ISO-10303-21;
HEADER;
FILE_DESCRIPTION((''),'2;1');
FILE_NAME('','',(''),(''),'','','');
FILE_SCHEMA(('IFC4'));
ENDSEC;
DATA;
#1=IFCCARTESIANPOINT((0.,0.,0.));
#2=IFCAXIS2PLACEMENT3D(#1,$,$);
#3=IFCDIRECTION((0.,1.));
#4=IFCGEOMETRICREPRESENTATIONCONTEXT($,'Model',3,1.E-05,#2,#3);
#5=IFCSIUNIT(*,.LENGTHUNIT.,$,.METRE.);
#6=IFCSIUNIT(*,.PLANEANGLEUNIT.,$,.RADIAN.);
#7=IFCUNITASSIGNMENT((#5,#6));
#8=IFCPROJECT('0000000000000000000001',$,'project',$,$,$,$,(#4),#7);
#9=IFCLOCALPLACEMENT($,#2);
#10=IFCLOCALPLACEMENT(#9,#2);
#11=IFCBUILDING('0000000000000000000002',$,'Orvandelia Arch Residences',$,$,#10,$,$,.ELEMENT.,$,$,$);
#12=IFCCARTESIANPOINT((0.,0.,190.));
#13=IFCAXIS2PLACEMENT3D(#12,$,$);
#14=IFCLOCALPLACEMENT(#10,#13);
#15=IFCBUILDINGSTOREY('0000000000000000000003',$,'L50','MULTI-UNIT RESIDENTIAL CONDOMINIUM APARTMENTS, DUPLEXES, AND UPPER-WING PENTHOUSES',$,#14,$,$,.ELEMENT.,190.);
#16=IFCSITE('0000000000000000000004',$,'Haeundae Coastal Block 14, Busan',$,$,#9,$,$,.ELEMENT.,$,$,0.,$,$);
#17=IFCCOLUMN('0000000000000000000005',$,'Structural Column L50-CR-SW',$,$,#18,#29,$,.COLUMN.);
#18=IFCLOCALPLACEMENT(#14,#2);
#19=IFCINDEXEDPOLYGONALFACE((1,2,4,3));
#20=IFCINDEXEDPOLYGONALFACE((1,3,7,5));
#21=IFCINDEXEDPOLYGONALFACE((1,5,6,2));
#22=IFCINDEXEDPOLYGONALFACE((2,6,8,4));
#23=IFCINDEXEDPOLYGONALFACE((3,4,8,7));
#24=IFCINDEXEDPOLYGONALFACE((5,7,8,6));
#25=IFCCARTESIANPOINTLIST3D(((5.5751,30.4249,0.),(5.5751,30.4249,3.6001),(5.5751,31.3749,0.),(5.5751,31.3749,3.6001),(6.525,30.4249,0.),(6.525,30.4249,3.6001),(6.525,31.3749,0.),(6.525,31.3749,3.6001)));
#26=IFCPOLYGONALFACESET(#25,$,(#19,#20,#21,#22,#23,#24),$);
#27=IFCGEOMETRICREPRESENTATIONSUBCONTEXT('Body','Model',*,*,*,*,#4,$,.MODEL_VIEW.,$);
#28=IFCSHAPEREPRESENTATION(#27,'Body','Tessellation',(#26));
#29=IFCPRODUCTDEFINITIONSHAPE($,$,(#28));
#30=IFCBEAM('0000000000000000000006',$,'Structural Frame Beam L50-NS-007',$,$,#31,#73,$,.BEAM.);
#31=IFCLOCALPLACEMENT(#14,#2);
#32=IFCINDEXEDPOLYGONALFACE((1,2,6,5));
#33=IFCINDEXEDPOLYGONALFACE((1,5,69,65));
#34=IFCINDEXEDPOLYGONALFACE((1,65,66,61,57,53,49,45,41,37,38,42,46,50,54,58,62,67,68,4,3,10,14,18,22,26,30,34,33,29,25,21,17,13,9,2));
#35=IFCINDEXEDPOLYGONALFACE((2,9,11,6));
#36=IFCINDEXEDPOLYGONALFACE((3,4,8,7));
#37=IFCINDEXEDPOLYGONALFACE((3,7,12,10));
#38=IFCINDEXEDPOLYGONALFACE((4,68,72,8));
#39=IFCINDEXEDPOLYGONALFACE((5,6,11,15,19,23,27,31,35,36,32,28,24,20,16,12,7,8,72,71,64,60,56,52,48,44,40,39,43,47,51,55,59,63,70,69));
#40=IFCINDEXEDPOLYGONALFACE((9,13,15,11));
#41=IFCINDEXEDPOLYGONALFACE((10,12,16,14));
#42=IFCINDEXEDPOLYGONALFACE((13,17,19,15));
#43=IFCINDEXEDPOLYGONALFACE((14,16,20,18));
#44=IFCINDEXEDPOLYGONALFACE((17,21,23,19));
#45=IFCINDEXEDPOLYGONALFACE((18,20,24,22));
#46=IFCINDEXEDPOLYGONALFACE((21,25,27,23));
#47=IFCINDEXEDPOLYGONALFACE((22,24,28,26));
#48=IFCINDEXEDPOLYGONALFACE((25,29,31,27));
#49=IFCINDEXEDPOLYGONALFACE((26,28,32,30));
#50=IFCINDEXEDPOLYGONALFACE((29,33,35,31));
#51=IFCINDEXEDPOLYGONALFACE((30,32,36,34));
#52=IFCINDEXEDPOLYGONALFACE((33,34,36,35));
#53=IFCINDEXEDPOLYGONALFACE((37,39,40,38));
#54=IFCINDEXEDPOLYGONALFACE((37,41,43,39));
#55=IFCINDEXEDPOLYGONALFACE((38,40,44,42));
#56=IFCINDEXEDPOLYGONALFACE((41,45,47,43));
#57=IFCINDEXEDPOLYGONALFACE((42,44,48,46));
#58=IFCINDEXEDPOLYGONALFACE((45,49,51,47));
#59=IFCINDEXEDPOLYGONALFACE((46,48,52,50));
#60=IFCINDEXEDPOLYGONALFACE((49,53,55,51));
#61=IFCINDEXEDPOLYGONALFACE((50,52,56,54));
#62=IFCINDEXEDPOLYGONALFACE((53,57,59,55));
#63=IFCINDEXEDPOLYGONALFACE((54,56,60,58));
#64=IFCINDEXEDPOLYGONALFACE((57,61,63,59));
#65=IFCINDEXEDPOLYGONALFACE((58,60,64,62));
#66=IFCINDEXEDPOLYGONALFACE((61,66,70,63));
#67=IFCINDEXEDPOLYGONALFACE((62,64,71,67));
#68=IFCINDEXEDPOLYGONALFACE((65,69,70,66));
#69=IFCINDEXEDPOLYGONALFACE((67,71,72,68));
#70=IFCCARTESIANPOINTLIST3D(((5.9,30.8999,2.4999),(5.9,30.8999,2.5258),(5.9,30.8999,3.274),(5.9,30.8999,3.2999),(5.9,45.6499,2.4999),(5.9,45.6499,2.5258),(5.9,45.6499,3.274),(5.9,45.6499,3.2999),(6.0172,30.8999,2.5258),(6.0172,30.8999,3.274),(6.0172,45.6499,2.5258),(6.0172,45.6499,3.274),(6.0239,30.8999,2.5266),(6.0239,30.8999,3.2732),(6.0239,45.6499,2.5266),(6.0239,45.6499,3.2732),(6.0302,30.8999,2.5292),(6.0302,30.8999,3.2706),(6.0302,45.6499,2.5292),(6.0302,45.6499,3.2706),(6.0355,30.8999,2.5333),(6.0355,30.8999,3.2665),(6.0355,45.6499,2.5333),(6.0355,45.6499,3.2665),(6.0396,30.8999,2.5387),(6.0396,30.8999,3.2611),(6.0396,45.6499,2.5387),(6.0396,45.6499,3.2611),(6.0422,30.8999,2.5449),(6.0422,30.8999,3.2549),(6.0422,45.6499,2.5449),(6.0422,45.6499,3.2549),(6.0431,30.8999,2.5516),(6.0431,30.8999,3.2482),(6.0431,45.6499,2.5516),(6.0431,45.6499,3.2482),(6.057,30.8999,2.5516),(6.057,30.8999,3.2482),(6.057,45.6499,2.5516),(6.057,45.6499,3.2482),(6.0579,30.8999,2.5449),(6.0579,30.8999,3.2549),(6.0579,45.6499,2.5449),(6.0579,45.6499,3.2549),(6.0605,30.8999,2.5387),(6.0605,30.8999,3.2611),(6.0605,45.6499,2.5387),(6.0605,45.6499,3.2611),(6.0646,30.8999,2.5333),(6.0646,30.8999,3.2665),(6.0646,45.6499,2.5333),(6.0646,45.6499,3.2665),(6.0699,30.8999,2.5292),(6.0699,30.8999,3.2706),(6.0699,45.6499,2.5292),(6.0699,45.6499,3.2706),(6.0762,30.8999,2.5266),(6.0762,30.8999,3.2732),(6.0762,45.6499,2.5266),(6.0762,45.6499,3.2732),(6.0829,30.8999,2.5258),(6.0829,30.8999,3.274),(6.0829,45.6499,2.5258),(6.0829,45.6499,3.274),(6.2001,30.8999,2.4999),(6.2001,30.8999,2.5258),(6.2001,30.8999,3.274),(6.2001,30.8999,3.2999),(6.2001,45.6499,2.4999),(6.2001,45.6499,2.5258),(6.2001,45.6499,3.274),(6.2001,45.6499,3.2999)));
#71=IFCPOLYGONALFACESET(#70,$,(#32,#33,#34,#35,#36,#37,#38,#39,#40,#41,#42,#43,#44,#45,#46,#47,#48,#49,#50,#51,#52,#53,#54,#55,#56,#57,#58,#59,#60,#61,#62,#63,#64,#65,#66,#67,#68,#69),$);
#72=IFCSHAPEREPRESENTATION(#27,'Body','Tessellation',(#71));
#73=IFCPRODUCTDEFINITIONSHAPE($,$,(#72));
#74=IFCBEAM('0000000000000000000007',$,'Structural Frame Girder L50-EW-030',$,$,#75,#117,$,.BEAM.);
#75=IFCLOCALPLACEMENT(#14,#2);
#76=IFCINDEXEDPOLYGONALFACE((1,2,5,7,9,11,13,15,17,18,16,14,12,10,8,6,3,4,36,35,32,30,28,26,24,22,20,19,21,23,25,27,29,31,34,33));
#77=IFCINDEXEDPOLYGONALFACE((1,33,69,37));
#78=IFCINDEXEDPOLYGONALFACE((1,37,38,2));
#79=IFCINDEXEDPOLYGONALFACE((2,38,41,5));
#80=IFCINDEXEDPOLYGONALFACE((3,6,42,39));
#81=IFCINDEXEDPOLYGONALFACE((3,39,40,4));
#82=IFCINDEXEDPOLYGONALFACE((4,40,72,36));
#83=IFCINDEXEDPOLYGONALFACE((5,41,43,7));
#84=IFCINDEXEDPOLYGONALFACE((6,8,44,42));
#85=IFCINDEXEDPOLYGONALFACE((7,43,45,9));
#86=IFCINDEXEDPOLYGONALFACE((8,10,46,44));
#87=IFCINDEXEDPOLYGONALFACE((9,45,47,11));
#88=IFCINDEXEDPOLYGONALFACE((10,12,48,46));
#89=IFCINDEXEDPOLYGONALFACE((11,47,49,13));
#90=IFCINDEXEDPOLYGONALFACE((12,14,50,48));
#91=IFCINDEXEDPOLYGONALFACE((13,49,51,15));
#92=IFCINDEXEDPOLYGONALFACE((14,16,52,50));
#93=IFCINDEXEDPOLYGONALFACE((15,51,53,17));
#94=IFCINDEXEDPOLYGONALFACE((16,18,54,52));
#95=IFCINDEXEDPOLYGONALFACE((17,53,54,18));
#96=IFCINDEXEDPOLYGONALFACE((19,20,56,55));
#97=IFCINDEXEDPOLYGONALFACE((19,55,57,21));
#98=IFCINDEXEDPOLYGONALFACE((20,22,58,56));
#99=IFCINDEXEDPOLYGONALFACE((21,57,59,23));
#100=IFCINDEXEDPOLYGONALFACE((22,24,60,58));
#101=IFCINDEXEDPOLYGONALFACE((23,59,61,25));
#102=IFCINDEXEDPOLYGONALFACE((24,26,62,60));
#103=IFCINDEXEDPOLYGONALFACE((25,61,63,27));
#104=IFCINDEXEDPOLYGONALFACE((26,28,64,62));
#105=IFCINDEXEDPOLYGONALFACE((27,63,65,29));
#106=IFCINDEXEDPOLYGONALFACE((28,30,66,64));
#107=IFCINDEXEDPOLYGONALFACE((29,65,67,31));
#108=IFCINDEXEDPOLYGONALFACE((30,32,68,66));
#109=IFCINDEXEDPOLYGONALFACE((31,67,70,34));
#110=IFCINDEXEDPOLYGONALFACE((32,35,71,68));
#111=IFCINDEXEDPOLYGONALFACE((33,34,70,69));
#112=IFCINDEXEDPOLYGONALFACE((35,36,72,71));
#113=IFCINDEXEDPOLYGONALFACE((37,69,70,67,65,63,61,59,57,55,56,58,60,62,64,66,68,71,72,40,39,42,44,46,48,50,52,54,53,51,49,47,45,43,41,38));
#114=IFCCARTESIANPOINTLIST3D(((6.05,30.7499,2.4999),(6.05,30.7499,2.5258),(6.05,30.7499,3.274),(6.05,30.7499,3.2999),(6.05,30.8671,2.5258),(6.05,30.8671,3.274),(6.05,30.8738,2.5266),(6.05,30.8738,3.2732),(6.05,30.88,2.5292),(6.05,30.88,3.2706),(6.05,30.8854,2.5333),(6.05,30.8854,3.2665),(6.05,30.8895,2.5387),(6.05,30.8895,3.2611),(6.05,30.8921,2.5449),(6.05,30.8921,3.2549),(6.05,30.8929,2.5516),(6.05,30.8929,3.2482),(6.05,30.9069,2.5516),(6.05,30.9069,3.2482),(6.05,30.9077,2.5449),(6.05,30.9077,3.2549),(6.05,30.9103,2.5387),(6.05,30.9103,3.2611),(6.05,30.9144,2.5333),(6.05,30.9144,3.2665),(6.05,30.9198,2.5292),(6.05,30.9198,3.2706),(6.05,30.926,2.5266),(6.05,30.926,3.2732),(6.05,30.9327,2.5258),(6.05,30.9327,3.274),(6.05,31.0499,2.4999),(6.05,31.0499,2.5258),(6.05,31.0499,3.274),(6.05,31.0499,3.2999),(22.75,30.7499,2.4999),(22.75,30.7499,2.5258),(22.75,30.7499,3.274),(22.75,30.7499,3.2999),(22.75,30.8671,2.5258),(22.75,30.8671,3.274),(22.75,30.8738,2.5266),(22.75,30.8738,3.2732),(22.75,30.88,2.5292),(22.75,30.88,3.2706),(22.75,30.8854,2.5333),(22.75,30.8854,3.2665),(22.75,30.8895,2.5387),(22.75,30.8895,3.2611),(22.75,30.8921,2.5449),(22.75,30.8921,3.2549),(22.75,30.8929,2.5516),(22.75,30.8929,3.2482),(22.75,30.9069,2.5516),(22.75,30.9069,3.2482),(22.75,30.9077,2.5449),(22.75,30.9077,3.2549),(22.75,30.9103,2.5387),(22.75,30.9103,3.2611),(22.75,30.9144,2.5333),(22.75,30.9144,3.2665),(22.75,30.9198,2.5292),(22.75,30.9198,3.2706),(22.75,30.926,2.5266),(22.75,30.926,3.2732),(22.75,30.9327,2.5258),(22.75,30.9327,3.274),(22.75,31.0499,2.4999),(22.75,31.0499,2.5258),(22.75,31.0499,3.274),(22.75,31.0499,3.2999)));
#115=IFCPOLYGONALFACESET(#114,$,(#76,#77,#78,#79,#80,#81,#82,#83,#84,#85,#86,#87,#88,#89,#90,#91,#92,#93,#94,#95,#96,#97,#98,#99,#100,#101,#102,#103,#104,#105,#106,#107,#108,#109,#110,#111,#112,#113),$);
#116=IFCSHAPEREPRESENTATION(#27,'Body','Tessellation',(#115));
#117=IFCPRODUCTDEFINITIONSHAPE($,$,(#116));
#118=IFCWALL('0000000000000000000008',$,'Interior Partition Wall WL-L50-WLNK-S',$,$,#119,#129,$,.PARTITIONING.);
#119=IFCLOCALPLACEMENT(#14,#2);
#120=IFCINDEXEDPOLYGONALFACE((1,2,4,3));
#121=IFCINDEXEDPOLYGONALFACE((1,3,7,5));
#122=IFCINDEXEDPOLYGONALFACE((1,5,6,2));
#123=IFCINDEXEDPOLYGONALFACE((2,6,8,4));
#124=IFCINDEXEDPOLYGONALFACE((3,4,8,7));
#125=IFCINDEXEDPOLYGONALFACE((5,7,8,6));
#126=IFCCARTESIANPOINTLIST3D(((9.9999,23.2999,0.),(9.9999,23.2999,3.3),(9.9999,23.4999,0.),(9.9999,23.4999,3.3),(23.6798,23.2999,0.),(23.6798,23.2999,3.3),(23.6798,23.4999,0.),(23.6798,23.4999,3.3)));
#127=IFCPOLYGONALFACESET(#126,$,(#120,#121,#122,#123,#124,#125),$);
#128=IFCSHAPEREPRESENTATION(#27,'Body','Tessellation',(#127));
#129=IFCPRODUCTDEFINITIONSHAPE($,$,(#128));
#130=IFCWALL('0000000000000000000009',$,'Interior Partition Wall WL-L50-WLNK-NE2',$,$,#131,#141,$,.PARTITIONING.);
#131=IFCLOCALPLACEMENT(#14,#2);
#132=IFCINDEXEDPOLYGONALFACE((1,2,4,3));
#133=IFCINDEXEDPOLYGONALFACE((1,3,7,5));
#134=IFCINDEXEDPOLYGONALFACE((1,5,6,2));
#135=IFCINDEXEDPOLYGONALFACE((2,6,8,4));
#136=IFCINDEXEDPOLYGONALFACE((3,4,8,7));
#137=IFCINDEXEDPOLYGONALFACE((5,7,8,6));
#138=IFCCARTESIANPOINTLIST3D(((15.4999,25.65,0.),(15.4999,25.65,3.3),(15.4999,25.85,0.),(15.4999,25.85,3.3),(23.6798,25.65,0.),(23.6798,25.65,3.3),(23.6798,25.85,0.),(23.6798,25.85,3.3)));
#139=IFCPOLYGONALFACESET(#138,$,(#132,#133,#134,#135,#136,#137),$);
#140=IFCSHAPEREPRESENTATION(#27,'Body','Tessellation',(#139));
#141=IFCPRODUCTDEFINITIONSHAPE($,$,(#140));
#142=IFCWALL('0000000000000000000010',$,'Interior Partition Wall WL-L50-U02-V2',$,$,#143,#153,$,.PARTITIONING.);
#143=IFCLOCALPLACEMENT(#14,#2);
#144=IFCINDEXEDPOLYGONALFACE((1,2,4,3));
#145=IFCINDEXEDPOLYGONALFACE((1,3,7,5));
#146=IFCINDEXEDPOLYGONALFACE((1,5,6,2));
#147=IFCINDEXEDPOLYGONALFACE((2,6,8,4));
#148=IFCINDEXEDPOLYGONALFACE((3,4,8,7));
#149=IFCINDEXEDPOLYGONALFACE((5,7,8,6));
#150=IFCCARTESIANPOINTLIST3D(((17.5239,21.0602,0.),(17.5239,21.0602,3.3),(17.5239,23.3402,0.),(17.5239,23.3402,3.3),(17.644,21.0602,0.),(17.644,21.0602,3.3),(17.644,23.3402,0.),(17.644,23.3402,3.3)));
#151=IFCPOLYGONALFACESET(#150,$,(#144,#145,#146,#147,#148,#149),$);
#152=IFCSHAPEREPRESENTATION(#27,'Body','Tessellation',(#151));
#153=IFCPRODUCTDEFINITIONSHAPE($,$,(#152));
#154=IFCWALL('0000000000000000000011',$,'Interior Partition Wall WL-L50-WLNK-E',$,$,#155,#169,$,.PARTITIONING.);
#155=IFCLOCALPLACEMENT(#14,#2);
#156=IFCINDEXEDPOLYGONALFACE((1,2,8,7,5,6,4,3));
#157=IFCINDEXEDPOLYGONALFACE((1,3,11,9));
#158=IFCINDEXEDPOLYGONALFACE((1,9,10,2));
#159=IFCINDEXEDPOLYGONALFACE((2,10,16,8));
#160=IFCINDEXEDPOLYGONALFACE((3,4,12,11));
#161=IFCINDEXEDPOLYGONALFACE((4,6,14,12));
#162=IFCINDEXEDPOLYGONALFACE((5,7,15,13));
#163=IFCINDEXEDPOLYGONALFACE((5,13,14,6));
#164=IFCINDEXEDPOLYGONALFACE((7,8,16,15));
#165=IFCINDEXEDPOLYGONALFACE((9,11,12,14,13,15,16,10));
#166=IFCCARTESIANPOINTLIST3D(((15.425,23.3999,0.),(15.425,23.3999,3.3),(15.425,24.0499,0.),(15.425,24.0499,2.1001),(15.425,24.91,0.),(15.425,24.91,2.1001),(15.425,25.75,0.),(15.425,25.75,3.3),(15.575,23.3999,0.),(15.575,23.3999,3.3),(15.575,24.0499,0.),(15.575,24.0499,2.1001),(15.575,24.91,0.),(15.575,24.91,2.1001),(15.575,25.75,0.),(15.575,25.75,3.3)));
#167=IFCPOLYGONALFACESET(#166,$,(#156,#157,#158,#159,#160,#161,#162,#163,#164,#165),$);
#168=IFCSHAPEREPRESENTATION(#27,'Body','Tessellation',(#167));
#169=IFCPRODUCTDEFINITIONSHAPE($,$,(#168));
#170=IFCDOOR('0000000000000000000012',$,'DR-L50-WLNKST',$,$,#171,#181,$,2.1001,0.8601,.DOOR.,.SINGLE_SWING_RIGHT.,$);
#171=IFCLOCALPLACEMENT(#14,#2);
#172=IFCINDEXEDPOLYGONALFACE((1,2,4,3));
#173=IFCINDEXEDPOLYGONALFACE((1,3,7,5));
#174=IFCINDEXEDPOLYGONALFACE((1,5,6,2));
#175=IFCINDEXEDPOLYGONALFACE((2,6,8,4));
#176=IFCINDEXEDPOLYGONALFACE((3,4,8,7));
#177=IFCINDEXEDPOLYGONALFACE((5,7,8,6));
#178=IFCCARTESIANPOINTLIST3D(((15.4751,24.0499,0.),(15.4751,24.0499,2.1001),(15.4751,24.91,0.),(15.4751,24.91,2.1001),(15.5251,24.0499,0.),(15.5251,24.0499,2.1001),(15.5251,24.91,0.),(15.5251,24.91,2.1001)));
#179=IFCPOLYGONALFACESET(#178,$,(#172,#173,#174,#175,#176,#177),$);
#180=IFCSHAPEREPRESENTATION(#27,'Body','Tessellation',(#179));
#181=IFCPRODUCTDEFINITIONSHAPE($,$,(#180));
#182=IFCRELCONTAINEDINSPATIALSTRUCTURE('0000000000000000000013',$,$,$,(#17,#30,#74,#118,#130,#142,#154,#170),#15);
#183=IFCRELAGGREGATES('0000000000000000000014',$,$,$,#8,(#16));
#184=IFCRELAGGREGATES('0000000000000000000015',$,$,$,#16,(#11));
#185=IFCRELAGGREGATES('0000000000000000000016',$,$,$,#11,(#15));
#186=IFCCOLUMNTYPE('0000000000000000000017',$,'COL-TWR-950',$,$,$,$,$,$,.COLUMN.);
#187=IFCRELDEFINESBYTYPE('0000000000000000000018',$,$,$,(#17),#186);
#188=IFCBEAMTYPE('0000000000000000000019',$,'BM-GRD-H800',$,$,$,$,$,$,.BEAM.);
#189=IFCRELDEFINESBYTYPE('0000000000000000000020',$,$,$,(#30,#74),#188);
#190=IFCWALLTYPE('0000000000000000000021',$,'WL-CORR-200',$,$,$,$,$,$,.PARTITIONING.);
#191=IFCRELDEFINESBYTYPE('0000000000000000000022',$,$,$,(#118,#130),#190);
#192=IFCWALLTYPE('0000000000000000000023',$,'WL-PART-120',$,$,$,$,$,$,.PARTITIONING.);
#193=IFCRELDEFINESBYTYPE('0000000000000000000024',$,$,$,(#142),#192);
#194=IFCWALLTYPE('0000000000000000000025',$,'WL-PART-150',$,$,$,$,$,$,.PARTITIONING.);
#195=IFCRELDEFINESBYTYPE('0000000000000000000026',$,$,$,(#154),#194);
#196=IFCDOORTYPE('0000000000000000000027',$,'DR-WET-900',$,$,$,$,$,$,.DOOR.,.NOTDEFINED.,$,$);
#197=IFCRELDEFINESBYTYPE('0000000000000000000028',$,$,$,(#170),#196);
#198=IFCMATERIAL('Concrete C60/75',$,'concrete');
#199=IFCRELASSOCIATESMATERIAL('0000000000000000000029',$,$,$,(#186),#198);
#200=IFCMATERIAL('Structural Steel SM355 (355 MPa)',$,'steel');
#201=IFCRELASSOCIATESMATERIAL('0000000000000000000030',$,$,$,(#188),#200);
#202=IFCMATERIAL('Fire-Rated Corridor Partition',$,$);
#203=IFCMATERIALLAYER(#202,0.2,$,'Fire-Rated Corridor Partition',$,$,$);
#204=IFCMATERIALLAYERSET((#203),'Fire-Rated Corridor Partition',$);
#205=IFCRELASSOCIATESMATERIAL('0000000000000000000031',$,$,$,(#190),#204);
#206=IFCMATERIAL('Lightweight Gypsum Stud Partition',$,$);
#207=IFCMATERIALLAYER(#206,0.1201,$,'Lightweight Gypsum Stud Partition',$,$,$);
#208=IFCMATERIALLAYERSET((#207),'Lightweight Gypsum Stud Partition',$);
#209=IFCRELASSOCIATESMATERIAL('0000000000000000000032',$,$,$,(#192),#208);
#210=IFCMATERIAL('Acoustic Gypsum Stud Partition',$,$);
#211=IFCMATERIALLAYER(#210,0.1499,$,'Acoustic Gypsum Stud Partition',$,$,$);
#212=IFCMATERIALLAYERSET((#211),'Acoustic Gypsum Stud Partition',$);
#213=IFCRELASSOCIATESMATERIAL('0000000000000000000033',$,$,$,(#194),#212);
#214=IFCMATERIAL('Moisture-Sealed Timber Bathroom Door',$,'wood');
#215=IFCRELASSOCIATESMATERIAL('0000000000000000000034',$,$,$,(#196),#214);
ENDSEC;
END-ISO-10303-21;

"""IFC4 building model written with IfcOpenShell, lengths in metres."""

from ifc_helpers import new_model, si_unit, direction, frame, frame_2d, origin, origin_2d, place, context, subcontext, project, spatial, rectangle, i_section, extrude, material, layer, layer_set, material_profile, profile_set, type_object, element, fill, save


model = new_model("IFC4")

# Units and contexts
model_context = context("Model", 3, precision=1e-05, world=origin(), true_north=direction((0.0, 1.0)))
body_context = subcontext(model_context, "Body", "Model", "MODEL_VIEW")
ifc_project = project(units=[si_unit("LENGTHUNIT", "METRE"), si_unit("PLANEANGLEUNIT", "RADIAN")], contexts=[model_context])

# Site, building, storey
site_placement = place(None, origin())
site = spatial("IfcSite", under=ifc_project, at=site_placement, Name="Haeundae Coastal Block 14, Busan", CompositionType="ELEMENT", RefElevation=0.0)
building_placement = place(site_placement, origin())
building = spatial("IfcBuilding", under=site, at=building_placement, Name="Orvandelia Arch Residences", CompositionType="ELEMENT")
storey_placement = place(building_placement, frame((0.0, 0.0, 190.0)))
storey = spatial("IfcBuildingStorey", under=building, at=storey_placement, Name="L50", Description="MULTI-UNIT RESIDENTIAL CONDOMINIUM APARTMENTS, DUPLEXES, AND UPPER-WING PENTHOUSES", CompositionType="ELEMENT", Elevation=190.0)

# Column
ifc_material_1 = material(Name="Concrete C60/75", Category="concrete")
ifc_material_profile_1 = material_profile(ifc_material_1, rectangle(XDim=0.95, YDim=0.95, at=origin_2d()), Name="Concrete C60/75", Category="concrete")
ifc_profile_set_1 = profile_set([ifc_material_profile_1], Name="Concrete C60/75")
column_type = type_object("IfcColumnType", Name="COL-TWR-950", PredefinedType="COLUMN", material=ifc_profile_set_1)
column_placement = place(storey_placement, frame((6.05, 30.8999, 0.0), z_axis=(0.0, 0.0, 1.0), x_axis=(1.0, 0.0, 0.0)))
element("IfcColumn", 1, at=column_placement, inside=storey, type_object=column_type, Name="Structural Column L50-CR-SW", PredefinedType="COLUMN", context=body_context, shape_type="SweptSolid", body=[
    extrude(rectangle(XDim=0.95, YDim=0.95, at=origin_2d()), origin(), (0.0, 0.0, 1.0), 3.6001),
])

# Beams
ifc_material_2 = material(Name="Structural Steel SM355 (355 MPa)", Category="steel")
ifc_material_profile_2 = material_profile(ifc_material_2, i_section(OverallWidth=0.3, OverallDepth=0.8, WebThickness=0.0139, FlangeThickness=0.0259, FilletRadius=0.0259, at=origin_2d()), Name="Structural Steel SM355 (355 MPa)", Category="steel")
ifc_profile_set_2 = profile_set([ifc_material_profile_2], Name="Structural Steel SM355 (355 MPa)")
beam_type = type_object("IfcBeamType", Name="BM-GRD-H800", PredefinedType="BEAM", material=ifc_profile_set_2)
beam_1_placement = place(storey_placement, frame((6.05, 30.8999, 2.8999), z_axis=(0.0, 1.0, 0.0), x_axis=(-1.0, 0.0, 0.0)))
element("IfcBeam", 2, at=beam_1_placement, inside=storey, type_object=beam_type, Name="Structural Frame Beam L50-NS-007", PredefinedType="BEAM", context=body_context, shape_type="SweptSolid", body=[
    extrude(i_section(OverallWidth=0.3, OverallDepth=0.8, WebThickness=0.0139, FlangeThickness=0.0259, FilletRadius=0.0259, at=origin_2d()), origin(), (0.0, 0.0, 1.0), 14.75),
])
beam_2_placement = place(storey_placement, frame((6.05, 30.8999, 2.8999), z_axis=(1.0, 0.0, 0.0), x_axis=(0.0, 1.0, 0.0)))
element("IfcBeam", 3, at=beam_2_placement, inside=storey, type_object=beam_type, Name="Structural Frame Girder L50-EW-030", PredefinedType="BEAM", context=body_context, shape_type="SweptSolid", body=[
    extrude(i_section(OverallWidth=0.3, OverallDepth=0.8, WebThickness=0.0139, FlangeThickness=0.0259, FilletRadius=0.0259, at=origin_2d()), origin(), (0.0, 0.0, 1.0), 16.7),
])

# Walls
ifc_material_3 = material(Name="Fire-Rated Corridor Partition")
ifc_layer_1 = layer(ifc_material_3, 0.2, Name="Fire-Rated Corridor Partition")
ifc_layer_set_1 = layer_set([ifc_layer_1], Name="Fire-Rated Corridor Partition")
wall_type_1 = type_object("IfcWallType", Name="WL-CORR-200", PredefinedType="PARTITIONING", material=ifc_layer_set_1)
wall_1_placement = place(storey_placement, frame((10.0, 23.3999, 0.0), z_axis=(0.0, 0.0, 1.0), x_axis=(1.0, 0.0, 0.0)))
element("IfcWall", 4, at=wall_1_placement, inside=storey, type_object=wall_type_1, Name="Interior Partition Wall WL-L50-WLNK-S", PredefinedType="PARTITIONING", context=body_context, shape_type="SweptSolid", body=[
    extrude(rectangle(XDim=13.6799, YDim=0.2, at=frame_2d((6.8398, 0.0))), origin(), (0.0, 0.0, 1.0), 3.3),
])
wall_2_placement = place(storey_placement, frame((15.5, 25.75, 0.0), z_axis=(0.0, 0.0, 1.0), x_axis=(1.0, 0.0, 0.0)))
element("IfcWall", 5, at=wall_2_placement, inside=storey, type_object=wall_type_1, Name="Interior Partition Wall WL-L50-WLNK-NE2", PredefinedType="PARTITIONING", context=body_context, shape_type="SweptSolid", body=[
    extrude(rectangle(XDim=8.1799, YDim=0.2, at=frame_2d((4.0898, 0.0))), origin(), (0.0, 0.0, 1.0), 3.3),
])
ifc_material_4 = material(Name="Lightweight Gypsum Stud Partition")
ifc_layer_2 = layer(ifc_material_4, 0.1201, Name="Lightweight Gypsum Stud Partition")
ifc_layer_set_2 = layer_set([ifc_layer_2], Name="Lightweight Gypsum Stud Partition")
wall_type_2 = type_object("IfcWallType", Name="WL-PART-120", PredefinedType="PARTITIONING", material=ifc_layer_set_2)
wall_3_placement = place(storey_placement, frame((17.584, 21.0601, 0.0), z_axis=(0.0, 0.0, 1.0), x_axis=(0.0, 1.0, 0.0)))
element("IfcWall", 6, at=wall_3_placement, inside=storey, type_object=wall_type_2, Name="Interior Partition Wall WL-L50-U02-V2", PredefinedType="PARTITIONING", context=body_context, shape_type="SweptSolid", body=[
    extrude(rectangle(XDim=2.28, YDim=0.1201, at=frame_2d((1.1401, 0.0))), origin(), (0.0, 0.0, 1.0), 3.3),
])

# Wall, opening, door
ifc_material_5 = material(Name="Acoustic Gypsum Stud Partition")
ifc_layer_3 = layer(ifc_material_5, 0.1499, Name="Acoustic Gypsum Stud Partition")
ifc_layer_set_3 = layer_set([ifc_layer_3], Name="Acoustic Gypsum Stud Partition")
wall_type_3 = type_object("IfcWallType", Name="WL-PART-150", PredefinedType="PARTITIONING", material=ifc_layer_set_3)
wall_4_placement = place(storey_placement, frame((15.5, 23.3999, 0.0), z_axis=(0.0, 0.0, 1.0), x_axis=(0.0, 1.0, 0.0)))
wall_4 = element("IfcWall", 7, at=wall_4_placement, inside=storey, type_object=wall_type_3, Name="Interior Partition Wall WL-L50-WLNK-E", PredefinedType="PARTITIONING", context=body_context, shape_type="SweptSolid", body=[
    extrude(rectangle(XDim=2.3501, YDim=0.1499, at=frame_2d((1.175, 0.0))), origin(), (0.0, 0.0, 1.0), 3.3),
])
opening_1_placement = place(wall_4_placement, frame((0.6499, 0.0, 0.0)))
opening_1 = element("IfcOpeningElement", 8, at=opening_1_placement, cuts=wall_4, PredefinedType="OPENING", context=body_context, shape_type="SweptSolid", body=[
    extrude(rectangle(XDim=0.8601, YDim=2.1001, at=frame_2d((0.4302, 1.05))), frame((0.0, 0.085, 0.0), z_axis=(0.0, -1.0, 0.0), x_axis=(1.0, 0.0, 0.0)), (0.0, 0.0, 1.0), 0.1699),
])
ifc_material_6 = material(Name="Moisture-Sealed Timber Bathroom Door", Category="wood")
door_type_1 = type_object("IfcDoorType", Name="DR-WET-900", OperationType="NOTDEFINED", PredefinedType="DOOR", material=ifc_material_6)
door_1_placement = place(opening_1_placement, origin())
door_1 = element("IfcDoor", 9, at=door_1_placement, inside=storey, type_object=door_type_1, Name="DR-L50-WLNKST", OperationType="SINGLE_SWING_RIGHT", OverallHeight=2.1001, OverallWidth=0.8601, PredefinedType="DOOR", context=body_context, shape_type="SweptSolid", body=[
    extrude(rectangle(XDim=0.8601, YDim=2.1001, at=frame_2d((0.4302, 1.05))), frame((0.0, 0.0249, 0.0), z_axis=(0.0, -1.0, 0.0), x_axis=(1.0, 0.0, 0.0)), (0.0, 0.0, 1.0), 0.05),
])
fill(opening_1, door_1)

save(model, "model.ifc")
